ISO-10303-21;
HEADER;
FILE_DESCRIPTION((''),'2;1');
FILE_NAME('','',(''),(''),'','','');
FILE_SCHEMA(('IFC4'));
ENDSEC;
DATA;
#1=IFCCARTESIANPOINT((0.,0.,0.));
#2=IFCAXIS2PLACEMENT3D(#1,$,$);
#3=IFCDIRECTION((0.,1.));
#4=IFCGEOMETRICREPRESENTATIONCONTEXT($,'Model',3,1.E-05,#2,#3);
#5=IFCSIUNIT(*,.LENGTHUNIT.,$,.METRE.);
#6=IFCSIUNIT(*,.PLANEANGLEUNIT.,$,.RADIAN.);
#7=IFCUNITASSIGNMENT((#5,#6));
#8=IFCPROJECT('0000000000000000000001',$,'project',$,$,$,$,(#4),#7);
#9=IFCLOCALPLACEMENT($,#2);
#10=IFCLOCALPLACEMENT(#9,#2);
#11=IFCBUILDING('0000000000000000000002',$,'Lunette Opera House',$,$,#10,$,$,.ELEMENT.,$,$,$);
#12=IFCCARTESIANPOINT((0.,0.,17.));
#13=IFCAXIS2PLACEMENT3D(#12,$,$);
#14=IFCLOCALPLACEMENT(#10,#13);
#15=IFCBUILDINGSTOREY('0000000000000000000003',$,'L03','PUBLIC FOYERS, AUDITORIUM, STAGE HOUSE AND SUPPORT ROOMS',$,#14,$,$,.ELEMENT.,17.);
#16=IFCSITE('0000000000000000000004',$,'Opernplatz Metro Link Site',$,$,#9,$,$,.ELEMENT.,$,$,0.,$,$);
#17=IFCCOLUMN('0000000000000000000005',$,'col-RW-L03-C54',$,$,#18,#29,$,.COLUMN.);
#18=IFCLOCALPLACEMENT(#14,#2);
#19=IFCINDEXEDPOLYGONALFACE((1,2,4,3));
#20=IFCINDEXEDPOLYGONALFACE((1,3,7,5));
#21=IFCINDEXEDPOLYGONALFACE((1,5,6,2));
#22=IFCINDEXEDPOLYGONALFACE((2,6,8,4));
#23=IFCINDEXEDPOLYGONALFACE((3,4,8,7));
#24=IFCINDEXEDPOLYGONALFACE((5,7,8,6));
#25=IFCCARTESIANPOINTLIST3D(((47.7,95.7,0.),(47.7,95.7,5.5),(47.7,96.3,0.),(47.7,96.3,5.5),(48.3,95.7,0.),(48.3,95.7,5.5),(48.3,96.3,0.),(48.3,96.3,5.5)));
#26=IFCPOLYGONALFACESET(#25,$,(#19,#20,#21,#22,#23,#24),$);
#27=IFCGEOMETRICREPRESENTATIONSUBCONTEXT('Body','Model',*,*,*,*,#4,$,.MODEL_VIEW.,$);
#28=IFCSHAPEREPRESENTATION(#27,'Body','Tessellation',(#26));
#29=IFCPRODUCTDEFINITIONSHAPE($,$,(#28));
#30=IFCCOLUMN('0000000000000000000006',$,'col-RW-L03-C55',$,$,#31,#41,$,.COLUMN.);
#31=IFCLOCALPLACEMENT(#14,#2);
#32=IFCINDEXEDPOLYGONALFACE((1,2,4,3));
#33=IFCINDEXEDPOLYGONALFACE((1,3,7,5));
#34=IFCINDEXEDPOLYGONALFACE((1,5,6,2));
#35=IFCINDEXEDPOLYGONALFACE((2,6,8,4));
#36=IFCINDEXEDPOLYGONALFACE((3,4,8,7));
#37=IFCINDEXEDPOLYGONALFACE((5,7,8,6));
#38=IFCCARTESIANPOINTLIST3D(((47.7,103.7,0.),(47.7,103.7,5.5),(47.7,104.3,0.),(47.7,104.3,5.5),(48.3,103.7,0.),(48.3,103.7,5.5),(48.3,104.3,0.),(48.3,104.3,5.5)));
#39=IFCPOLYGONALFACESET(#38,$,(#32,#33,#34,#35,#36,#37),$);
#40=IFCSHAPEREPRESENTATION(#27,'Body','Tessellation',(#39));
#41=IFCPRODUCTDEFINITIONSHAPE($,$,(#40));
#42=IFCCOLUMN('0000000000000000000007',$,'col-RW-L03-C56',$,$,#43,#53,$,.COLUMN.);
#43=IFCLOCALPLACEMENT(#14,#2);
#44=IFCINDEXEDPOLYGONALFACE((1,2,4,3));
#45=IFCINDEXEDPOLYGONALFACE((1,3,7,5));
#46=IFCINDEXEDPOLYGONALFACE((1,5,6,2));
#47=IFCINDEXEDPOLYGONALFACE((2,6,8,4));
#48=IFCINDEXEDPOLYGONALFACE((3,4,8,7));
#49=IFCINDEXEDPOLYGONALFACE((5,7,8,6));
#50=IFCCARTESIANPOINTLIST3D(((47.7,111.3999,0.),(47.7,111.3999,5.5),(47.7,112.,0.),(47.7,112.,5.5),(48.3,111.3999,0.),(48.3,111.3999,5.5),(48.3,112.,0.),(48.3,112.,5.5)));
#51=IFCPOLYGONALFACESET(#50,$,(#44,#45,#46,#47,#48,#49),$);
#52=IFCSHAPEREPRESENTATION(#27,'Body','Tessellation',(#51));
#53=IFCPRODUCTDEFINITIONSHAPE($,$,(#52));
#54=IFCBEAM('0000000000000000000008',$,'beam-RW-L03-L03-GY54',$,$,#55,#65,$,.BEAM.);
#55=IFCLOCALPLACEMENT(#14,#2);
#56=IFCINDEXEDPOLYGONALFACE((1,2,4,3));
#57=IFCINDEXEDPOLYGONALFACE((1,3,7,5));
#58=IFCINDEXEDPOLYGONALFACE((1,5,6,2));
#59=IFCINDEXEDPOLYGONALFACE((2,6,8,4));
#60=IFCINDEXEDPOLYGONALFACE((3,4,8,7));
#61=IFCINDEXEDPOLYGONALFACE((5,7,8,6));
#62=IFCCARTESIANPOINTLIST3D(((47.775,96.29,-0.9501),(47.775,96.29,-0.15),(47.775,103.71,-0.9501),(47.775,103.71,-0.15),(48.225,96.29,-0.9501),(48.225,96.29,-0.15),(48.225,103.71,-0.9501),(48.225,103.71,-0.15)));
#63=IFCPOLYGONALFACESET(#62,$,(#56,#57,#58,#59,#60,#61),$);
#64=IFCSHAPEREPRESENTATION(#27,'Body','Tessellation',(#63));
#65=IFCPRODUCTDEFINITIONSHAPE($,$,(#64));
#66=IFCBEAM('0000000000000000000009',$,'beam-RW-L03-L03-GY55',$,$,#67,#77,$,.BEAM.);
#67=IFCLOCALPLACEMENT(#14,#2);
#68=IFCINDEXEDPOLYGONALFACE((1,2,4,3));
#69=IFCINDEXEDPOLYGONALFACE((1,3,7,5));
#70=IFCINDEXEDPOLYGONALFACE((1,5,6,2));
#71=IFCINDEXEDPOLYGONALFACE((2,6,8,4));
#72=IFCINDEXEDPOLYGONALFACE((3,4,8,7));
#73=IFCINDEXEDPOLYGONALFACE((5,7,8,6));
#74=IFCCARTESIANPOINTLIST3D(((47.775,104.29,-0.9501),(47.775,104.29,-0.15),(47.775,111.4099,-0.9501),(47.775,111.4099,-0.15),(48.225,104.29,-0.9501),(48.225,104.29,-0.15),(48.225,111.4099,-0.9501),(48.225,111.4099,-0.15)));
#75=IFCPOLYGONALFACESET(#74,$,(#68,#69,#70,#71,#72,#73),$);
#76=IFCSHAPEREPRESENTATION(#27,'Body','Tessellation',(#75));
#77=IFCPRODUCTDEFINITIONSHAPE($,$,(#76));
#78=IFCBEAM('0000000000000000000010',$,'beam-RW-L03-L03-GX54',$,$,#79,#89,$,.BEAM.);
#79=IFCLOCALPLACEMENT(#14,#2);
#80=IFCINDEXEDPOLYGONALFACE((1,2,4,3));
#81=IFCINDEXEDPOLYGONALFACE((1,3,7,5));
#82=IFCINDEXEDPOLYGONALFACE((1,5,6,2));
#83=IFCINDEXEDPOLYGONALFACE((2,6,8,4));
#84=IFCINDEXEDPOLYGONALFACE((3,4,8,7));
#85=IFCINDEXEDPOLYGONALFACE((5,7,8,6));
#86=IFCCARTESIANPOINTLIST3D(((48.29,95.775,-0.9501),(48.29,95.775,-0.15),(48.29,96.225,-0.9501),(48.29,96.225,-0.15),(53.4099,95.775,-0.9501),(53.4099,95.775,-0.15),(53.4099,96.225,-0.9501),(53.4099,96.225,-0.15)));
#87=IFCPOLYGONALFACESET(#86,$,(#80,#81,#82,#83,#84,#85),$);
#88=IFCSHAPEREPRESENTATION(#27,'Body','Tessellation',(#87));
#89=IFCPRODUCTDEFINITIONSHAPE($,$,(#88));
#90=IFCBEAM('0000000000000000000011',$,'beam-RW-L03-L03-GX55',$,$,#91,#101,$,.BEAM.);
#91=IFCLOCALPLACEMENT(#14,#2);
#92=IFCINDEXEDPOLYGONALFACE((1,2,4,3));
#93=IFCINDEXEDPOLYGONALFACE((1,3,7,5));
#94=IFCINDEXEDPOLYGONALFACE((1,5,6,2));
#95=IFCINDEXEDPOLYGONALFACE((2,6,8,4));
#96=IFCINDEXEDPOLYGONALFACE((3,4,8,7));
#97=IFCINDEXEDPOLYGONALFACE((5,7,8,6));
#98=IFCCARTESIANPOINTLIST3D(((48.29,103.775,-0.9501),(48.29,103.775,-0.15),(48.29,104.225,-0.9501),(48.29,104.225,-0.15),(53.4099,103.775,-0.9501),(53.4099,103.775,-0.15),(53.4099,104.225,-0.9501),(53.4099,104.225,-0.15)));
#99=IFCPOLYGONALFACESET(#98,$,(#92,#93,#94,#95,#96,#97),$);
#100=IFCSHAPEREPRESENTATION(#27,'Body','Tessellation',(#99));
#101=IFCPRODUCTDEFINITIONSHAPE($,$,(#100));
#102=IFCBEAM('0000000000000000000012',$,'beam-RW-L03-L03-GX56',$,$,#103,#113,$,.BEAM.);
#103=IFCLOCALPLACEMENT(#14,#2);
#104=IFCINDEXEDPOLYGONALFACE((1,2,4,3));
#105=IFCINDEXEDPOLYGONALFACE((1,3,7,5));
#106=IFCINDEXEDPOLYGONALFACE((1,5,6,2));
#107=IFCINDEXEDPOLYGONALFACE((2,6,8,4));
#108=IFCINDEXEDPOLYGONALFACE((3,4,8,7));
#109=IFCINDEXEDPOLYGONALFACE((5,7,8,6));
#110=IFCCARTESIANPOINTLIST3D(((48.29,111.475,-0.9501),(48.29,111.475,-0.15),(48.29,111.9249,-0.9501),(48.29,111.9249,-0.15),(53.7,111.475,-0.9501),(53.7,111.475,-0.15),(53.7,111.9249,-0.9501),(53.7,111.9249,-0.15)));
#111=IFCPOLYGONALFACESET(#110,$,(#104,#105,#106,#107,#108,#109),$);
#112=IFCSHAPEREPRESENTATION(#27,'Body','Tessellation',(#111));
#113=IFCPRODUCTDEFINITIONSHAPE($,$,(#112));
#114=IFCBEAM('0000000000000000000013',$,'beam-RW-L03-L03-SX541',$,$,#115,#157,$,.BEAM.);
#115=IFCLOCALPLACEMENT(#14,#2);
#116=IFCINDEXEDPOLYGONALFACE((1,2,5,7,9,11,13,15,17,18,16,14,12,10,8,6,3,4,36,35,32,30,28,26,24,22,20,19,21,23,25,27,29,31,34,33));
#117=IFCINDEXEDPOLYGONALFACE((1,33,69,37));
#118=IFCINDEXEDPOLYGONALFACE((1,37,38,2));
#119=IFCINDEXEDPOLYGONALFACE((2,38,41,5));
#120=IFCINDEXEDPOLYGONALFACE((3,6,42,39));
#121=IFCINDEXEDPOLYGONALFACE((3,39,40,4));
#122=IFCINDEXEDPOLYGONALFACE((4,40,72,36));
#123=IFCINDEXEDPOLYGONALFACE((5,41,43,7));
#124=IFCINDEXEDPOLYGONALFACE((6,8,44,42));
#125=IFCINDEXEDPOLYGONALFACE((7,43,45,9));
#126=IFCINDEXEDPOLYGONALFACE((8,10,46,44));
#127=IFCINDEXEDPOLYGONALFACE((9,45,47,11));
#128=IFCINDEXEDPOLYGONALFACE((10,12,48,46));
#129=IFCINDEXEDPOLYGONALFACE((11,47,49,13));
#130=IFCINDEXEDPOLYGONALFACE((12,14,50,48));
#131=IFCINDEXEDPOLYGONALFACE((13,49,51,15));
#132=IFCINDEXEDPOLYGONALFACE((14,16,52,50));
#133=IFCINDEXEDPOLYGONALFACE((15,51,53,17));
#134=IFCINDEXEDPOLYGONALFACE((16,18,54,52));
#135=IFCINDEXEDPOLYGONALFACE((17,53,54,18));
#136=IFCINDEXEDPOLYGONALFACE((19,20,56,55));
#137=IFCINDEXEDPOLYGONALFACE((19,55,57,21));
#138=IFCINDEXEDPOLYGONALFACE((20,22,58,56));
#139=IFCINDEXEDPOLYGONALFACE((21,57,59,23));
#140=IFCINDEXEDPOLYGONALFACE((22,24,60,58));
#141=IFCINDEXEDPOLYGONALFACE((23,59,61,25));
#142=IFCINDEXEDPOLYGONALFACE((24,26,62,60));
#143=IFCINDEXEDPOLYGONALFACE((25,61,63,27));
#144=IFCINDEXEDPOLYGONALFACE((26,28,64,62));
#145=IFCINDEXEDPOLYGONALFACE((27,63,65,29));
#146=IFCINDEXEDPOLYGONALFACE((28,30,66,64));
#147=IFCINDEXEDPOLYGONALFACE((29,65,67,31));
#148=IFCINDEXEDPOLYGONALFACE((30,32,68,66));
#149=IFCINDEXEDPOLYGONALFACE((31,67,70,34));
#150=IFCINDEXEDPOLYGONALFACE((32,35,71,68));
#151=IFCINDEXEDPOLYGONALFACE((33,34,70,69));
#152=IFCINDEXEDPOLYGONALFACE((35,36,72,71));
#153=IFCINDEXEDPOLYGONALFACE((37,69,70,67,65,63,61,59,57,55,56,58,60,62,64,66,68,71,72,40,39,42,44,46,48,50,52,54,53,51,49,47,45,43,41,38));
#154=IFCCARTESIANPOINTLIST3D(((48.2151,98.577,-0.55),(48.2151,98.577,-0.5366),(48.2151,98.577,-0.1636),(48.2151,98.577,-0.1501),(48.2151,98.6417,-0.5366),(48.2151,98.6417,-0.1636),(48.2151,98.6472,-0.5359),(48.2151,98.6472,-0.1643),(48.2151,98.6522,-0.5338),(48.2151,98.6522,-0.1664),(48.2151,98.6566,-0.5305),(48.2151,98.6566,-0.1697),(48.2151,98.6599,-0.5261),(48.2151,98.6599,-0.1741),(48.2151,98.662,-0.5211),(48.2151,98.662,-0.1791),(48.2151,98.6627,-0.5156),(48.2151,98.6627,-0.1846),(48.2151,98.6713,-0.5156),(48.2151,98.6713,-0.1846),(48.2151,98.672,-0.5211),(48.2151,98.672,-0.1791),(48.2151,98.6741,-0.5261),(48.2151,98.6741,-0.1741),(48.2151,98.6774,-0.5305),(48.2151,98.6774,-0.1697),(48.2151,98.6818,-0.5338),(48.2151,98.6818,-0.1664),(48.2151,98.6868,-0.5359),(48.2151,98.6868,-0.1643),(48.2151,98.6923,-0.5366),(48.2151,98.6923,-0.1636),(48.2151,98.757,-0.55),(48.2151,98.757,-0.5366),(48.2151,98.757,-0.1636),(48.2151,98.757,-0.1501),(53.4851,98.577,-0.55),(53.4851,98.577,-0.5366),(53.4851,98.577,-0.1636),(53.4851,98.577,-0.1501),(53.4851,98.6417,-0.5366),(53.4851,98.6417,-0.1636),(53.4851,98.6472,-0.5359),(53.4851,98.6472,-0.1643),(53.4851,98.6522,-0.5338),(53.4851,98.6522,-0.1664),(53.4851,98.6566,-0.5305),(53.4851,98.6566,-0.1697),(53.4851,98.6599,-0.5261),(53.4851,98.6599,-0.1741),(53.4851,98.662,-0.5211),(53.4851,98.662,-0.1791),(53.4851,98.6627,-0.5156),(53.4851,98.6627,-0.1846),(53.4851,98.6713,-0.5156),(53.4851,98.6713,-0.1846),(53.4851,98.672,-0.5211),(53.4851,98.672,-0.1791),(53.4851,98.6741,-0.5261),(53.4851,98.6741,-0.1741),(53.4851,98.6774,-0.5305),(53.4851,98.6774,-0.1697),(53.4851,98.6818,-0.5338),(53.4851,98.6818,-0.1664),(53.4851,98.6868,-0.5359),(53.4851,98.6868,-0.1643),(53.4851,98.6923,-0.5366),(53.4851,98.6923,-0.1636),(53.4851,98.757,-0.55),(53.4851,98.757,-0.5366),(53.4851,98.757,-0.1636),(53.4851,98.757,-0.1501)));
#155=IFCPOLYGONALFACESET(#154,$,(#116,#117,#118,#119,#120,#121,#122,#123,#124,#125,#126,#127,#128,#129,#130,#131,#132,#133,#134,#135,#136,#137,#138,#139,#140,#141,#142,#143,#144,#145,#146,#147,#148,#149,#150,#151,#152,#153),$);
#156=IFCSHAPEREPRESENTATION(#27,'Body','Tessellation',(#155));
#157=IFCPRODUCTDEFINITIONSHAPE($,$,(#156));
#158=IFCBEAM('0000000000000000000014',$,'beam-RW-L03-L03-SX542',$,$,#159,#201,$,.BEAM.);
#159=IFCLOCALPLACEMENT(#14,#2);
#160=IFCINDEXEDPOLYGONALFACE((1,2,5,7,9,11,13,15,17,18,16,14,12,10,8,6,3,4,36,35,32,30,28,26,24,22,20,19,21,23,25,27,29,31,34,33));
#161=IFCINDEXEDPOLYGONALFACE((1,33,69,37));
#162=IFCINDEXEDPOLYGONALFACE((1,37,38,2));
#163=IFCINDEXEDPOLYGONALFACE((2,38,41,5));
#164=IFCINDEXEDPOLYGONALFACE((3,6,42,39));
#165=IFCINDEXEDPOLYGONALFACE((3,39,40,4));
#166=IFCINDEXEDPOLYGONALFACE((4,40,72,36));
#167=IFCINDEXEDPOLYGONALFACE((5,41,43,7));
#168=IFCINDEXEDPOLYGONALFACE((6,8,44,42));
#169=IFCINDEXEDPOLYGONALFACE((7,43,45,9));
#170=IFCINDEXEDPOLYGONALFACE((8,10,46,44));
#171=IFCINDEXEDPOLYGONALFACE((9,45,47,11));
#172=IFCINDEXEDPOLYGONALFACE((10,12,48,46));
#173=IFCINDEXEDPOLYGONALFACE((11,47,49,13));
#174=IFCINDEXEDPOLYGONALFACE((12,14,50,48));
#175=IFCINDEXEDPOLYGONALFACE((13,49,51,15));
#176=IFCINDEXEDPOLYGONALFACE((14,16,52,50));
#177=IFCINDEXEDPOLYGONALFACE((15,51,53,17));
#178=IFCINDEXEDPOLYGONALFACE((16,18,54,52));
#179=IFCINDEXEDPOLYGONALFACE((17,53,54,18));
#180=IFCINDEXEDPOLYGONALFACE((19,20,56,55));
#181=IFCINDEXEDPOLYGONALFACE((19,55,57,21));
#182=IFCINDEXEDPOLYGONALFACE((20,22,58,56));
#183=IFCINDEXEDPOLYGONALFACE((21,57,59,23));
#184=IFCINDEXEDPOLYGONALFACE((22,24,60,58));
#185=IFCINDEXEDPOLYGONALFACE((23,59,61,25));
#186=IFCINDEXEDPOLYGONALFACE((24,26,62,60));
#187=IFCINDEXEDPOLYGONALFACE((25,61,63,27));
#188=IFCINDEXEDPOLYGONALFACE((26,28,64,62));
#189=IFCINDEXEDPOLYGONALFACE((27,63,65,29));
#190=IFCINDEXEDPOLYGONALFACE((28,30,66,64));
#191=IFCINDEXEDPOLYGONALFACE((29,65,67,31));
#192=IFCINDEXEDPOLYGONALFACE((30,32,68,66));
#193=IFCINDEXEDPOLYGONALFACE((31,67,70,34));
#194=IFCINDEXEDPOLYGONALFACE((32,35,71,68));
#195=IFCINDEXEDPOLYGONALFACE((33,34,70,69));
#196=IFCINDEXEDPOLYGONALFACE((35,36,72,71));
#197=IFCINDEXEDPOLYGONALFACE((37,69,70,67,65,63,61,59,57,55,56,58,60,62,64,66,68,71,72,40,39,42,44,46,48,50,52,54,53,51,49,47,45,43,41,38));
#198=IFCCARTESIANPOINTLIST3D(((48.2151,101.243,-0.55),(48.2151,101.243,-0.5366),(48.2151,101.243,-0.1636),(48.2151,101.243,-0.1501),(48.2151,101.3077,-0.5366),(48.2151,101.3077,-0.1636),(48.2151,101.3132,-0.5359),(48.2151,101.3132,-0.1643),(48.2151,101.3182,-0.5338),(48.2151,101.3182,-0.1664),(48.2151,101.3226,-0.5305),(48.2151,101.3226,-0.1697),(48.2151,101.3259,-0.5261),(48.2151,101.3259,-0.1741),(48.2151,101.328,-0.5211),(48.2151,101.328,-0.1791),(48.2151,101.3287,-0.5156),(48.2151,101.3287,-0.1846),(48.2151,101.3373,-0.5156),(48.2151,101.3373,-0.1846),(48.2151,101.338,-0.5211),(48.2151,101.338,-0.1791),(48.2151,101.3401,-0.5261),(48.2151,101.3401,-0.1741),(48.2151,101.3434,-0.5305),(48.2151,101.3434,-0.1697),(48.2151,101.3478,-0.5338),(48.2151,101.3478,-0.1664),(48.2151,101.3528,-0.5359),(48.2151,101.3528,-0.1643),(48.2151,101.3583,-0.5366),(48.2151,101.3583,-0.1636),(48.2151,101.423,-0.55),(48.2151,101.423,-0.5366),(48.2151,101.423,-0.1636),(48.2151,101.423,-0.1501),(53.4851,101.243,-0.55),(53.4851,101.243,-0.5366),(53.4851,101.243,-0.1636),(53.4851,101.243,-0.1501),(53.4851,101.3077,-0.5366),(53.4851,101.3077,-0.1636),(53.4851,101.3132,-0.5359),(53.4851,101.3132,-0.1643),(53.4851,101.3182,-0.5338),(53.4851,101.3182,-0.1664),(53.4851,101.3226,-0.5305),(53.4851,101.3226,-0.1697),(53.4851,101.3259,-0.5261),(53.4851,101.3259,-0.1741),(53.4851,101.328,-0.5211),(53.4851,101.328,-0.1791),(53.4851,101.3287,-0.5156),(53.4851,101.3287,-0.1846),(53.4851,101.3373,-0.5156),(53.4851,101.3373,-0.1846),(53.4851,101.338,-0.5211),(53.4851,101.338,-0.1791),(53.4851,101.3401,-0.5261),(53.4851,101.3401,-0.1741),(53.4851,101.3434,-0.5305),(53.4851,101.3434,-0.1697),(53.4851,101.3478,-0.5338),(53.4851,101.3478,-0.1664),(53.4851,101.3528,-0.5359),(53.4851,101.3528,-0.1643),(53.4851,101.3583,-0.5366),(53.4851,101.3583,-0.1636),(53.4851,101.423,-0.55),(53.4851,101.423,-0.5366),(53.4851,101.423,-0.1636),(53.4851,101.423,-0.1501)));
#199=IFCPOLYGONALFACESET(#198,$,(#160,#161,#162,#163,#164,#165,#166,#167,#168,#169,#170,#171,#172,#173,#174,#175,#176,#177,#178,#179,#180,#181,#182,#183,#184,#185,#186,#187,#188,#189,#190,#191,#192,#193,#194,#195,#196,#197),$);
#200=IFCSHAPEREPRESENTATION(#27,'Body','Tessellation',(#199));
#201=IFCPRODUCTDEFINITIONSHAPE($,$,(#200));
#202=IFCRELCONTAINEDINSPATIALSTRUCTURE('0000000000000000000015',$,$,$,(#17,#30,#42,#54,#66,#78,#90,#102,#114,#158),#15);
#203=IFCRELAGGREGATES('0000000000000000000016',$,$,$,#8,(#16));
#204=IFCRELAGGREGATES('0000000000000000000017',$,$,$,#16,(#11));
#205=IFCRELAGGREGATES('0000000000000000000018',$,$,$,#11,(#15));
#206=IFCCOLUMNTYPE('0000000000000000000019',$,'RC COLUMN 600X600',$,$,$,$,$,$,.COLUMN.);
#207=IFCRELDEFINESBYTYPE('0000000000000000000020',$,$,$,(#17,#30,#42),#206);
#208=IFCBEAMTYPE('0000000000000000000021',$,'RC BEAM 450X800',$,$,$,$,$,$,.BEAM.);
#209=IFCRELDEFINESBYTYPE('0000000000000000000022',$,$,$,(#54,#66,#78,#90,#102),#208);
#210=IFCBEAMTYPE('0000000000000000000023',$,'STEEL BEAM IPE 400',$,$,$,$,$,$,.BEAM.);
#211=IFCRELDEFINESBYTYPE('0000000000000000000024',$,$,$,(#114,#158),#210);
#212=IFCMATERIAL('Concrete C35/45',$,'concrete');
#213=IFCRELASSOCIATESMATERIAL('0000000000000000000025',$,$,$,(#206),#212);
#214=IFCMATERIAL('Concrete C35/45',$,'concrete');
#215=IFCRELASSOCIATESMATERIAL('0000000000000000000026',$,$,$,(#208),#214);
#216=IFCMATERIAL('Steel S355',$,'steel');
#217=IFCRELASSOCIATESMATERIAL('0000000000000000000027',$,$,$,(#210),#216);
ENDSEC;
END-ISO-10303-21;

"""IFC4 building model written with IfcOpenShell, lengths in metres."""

from ifc_helpers import new_model, si_unit, direction, frame, origin, origin_2d, place, context, subcontext, project, spatial, rectangle, i_section, extrude, material, material_profile, profile_set, type_object, element, save


model = new_model("IFC4")

# Units and contexts
model_context = context("Model", 3, precision=1e-05, world=origin(), true_north=direction((0.0, 1.0)))
body_context = subcontext(model_context, "Body", "Model", "MODEL_VIEW")
ifc_project = project(units=[si_unit("LENGTHUNIT", "METRE"), si_unit("PLANEANGLEUNIT", "RADIAN")], contexts=[model_context])

# Site, building, storey
site_placement = place(None, origin())
site = spatial("IfcSite", under=ifc_project, at=site_placement, Name="Opernplatz Metro Link Site", CompositionType="ELEMENT", RefElevation=0.0)
building_placement = place(site_placement, origin())
building = spatial("IfcBuilding", under=site, at=building_placement, Name="Lunette Opera House", CompositionType="ELEMENT")
storey_placement = place(building_placement, frame((0.0, 0.0, 17.0)))
storey = spatial("IfcBuildingStorey", under=building, at=storey_placement, Name="L03", Description="PUBLIC FOYERS, AUDITORIUM, STAGE HOUSE AND SUPPORT ROOMS", CompositionType="ELEMENT", Elevation=17.0)

# Columns
ifc_material_1 = material(Name="Concrete C35/45", Category="concrete")
ifc_material_profile_1 = material_profile(ifc_material_1, rectangle(XDim=0.6001, YDim=0.6001, at=origin_2d()), Name="RC COLUMN 600X600")
ifc_profile_set_1 = profile_set([ifc_material_profile_1], Name="Concrete C35/45")
column_type = type_object("IfcColumnType", Name="RC COLUMN 600X600", PredefinedType="COLUMN", material=ifc_profile_set_1)
for number, where, z_axis, x_axis, name in (
    (1, (48.0, 96.0, 0.0), (0.0, 0.0, 1.0), (1.0, 0.0, 0.0), "col-RW-L03-C54"),
    (2, (48.0, 104.0, 0.0), (0.0, 0.0, 1.0), (1.0, 0.0, 0.0), "col-RW-L03-C55"),
    (3, (48.0, 111.7, 0.0), (0.0, 0.0, 1.0), (1.0, 0.0, 0.0), "col-RW-L03-C56"),
):
    element("IfcColumn", number, at=place(storey_placement, frame(where, z_axis=z_axis, x_axis=x_axis)), inside=storey, type_object=column_type, Name=name, PredefinedType="COLUMN", context=body_context, shape_type="SweptSolid", body=[
        extrude(rectangle(XDim=0.6001, YDim=0.6001, at=origin_2d()), origin(), (0.0, 0.0, 1.0), 5.5),
    ])

# Beams
ifc_material_2 = material(Name="Concrete C35/45", Category="concrete")
ifc_material_profile_2 = material_profile(ifc_material_2, rectangle(XDim=0.45, YDim=0.8, at=origin_2d()), Name="RC BEAM 450X800")
ifc_profile_set_2 = profile_set([ifc_material_profile_2], Name="Concrete C35/45")
beam_type_1 = type_object("IfcBeamType", Name="RC BEAM 450X800", PredefinedType="BEAM", material=ifc_profile_set_2)
beam_1_placement = place(storey_placement, frame((48.0, 96.29, -0.55), z_axis=(0.0, 1.0, 0.0), x_axis=(-1.0, 0.0, 0.0)))
element("IfcBeam", 4, at=beam_1_placement, inside=storey, type_object=beam_type_1, Name="beam-RW-L03-L03-GY54", PredefinedType="BEAM", context=body_context, shape_type="SweptSolid", body=[
    extrude(rectangle(XDim=0.45, YDim=0.8, at=origin_2d()), origin(), (0.0, 0.0, 1.0), 7.4199),
])
beam_2_placement = place(storey_placement, frame((48.0, 104.29, -0.55), z_axis=(0.0, 1.0, 0.0), x_axis=(-1.0, 0.0, 0.0)))
element("IfcBeam", 5, at=beam_2_placement, inside=storey, type_object=beam_type_1, Name="beam-RW-L03-L03-GY55", PredefinedType="BEAM", context=body_context, shape_type="SweptSolid", body=[
    extrude(rectangle(XDim=0.45, YDim=0.8, at=origin_2d()), origin(), (0.0, 0.0, 1.0), 7.1199),
])
for number, where, z_axis, x_axis, name in (
    (6, (48.29, 96.0, -0.55), (1.0, 0.0, 0.0), (0.0, 1.0, 0.0), "beam-RW-L03-L03-GX54"),
    (7, (48.29, 104.0, -0.55), (1.0, 0.0, 0.0), (0.0, 1.0, 0.0), "beam-RW-L03-L03-GX55"),
):
    element("IfcBeam", number, at=place(storey_placement, frame(where, z_axis=z_axis, x_axis=x_axis)), inside=storey, type_object=beam_type_1, Name=name, PredefinedType="BEAM", context=body_context, shape_type="SweptSolid", body=[
        extrude(rectangle(XDim=0.45, YDim=0.8, at=origin_2d()), origin(), (0.0, 0.0, 1.0), 5.1199),
    ])
beam_3_placement = place(storey_placement, frame((48.29, 111.7, -0.55), z_axis=(1.0, 0.0, 0.0), x_axis=(0.0, 1.0, 0.0)))
element("IfcBeam", 8, at=beam_3_placement, inside=storey, type_object=beam_type_1, Name="beam-RW-L03-L03-GX56", PredefinedType="BEAM", context=body_context, shape_type="SweptSolid", body=[
    extrude(rectangle(XDim=0.45, YDim=0.8, at=origin_2d()), origin(), (0.0, 0.0, 1.0), 5.4099),
])
ifc_material_3 = material(Name="Steel S355", Category="steel")
ifc_material_profile_3 = material_profile(ifc_material_3, i_section(OverallWidth=0.1799, OverallDepth=0.3999, WebThickness=0.0085, FlangeThickness=0.0134, FilletRadius=0.021, at=origin_2d()), Name="IPE 400")
ifc_profile_set_3 = profile_set([ifc_material_profile_3], Name="Steel S355")
beam_type_2 = type_object("IfcBeamType", Name="STEEL BEAM IPE 400", PredefinedType="BEAM", material=ifc_profile_set_3)
for number, where, z_axis, x_axis, name in (
    (9, (48.2151, 98.667, -0.3501), (1.0, 0.0, 0.0), (0.0, 1.0, 0.0), "beam-RW-L03-L03-SX541"),
    (10, (48.2151, 101.333, -0.3501), (1.0, 0.0, 0.0), (0.0, 1.0, 0.0), "beam-RW-L03-L03-SX542"),
):
    element("IfcBeam", number, at=place(storey_placement, frame(where, z_axis=z_axis, x_axis=x_axis)), inside=storey, type_object=beam_type_2, Name=name, PredefinedType="BEAM", context=body_context, shape_type="SweptSolid", body=[
        extrude(i_section(OverallWidth=0.1799, OverallDepth=0.3999, WebThickness=0.0085, FlangeThickness=0.0134, FilletRadius=0.021, at=origin_2d()), origin(), (0.0, 0.0, 1.0), 5.27),
    ])

save(model, "model.ifc")
